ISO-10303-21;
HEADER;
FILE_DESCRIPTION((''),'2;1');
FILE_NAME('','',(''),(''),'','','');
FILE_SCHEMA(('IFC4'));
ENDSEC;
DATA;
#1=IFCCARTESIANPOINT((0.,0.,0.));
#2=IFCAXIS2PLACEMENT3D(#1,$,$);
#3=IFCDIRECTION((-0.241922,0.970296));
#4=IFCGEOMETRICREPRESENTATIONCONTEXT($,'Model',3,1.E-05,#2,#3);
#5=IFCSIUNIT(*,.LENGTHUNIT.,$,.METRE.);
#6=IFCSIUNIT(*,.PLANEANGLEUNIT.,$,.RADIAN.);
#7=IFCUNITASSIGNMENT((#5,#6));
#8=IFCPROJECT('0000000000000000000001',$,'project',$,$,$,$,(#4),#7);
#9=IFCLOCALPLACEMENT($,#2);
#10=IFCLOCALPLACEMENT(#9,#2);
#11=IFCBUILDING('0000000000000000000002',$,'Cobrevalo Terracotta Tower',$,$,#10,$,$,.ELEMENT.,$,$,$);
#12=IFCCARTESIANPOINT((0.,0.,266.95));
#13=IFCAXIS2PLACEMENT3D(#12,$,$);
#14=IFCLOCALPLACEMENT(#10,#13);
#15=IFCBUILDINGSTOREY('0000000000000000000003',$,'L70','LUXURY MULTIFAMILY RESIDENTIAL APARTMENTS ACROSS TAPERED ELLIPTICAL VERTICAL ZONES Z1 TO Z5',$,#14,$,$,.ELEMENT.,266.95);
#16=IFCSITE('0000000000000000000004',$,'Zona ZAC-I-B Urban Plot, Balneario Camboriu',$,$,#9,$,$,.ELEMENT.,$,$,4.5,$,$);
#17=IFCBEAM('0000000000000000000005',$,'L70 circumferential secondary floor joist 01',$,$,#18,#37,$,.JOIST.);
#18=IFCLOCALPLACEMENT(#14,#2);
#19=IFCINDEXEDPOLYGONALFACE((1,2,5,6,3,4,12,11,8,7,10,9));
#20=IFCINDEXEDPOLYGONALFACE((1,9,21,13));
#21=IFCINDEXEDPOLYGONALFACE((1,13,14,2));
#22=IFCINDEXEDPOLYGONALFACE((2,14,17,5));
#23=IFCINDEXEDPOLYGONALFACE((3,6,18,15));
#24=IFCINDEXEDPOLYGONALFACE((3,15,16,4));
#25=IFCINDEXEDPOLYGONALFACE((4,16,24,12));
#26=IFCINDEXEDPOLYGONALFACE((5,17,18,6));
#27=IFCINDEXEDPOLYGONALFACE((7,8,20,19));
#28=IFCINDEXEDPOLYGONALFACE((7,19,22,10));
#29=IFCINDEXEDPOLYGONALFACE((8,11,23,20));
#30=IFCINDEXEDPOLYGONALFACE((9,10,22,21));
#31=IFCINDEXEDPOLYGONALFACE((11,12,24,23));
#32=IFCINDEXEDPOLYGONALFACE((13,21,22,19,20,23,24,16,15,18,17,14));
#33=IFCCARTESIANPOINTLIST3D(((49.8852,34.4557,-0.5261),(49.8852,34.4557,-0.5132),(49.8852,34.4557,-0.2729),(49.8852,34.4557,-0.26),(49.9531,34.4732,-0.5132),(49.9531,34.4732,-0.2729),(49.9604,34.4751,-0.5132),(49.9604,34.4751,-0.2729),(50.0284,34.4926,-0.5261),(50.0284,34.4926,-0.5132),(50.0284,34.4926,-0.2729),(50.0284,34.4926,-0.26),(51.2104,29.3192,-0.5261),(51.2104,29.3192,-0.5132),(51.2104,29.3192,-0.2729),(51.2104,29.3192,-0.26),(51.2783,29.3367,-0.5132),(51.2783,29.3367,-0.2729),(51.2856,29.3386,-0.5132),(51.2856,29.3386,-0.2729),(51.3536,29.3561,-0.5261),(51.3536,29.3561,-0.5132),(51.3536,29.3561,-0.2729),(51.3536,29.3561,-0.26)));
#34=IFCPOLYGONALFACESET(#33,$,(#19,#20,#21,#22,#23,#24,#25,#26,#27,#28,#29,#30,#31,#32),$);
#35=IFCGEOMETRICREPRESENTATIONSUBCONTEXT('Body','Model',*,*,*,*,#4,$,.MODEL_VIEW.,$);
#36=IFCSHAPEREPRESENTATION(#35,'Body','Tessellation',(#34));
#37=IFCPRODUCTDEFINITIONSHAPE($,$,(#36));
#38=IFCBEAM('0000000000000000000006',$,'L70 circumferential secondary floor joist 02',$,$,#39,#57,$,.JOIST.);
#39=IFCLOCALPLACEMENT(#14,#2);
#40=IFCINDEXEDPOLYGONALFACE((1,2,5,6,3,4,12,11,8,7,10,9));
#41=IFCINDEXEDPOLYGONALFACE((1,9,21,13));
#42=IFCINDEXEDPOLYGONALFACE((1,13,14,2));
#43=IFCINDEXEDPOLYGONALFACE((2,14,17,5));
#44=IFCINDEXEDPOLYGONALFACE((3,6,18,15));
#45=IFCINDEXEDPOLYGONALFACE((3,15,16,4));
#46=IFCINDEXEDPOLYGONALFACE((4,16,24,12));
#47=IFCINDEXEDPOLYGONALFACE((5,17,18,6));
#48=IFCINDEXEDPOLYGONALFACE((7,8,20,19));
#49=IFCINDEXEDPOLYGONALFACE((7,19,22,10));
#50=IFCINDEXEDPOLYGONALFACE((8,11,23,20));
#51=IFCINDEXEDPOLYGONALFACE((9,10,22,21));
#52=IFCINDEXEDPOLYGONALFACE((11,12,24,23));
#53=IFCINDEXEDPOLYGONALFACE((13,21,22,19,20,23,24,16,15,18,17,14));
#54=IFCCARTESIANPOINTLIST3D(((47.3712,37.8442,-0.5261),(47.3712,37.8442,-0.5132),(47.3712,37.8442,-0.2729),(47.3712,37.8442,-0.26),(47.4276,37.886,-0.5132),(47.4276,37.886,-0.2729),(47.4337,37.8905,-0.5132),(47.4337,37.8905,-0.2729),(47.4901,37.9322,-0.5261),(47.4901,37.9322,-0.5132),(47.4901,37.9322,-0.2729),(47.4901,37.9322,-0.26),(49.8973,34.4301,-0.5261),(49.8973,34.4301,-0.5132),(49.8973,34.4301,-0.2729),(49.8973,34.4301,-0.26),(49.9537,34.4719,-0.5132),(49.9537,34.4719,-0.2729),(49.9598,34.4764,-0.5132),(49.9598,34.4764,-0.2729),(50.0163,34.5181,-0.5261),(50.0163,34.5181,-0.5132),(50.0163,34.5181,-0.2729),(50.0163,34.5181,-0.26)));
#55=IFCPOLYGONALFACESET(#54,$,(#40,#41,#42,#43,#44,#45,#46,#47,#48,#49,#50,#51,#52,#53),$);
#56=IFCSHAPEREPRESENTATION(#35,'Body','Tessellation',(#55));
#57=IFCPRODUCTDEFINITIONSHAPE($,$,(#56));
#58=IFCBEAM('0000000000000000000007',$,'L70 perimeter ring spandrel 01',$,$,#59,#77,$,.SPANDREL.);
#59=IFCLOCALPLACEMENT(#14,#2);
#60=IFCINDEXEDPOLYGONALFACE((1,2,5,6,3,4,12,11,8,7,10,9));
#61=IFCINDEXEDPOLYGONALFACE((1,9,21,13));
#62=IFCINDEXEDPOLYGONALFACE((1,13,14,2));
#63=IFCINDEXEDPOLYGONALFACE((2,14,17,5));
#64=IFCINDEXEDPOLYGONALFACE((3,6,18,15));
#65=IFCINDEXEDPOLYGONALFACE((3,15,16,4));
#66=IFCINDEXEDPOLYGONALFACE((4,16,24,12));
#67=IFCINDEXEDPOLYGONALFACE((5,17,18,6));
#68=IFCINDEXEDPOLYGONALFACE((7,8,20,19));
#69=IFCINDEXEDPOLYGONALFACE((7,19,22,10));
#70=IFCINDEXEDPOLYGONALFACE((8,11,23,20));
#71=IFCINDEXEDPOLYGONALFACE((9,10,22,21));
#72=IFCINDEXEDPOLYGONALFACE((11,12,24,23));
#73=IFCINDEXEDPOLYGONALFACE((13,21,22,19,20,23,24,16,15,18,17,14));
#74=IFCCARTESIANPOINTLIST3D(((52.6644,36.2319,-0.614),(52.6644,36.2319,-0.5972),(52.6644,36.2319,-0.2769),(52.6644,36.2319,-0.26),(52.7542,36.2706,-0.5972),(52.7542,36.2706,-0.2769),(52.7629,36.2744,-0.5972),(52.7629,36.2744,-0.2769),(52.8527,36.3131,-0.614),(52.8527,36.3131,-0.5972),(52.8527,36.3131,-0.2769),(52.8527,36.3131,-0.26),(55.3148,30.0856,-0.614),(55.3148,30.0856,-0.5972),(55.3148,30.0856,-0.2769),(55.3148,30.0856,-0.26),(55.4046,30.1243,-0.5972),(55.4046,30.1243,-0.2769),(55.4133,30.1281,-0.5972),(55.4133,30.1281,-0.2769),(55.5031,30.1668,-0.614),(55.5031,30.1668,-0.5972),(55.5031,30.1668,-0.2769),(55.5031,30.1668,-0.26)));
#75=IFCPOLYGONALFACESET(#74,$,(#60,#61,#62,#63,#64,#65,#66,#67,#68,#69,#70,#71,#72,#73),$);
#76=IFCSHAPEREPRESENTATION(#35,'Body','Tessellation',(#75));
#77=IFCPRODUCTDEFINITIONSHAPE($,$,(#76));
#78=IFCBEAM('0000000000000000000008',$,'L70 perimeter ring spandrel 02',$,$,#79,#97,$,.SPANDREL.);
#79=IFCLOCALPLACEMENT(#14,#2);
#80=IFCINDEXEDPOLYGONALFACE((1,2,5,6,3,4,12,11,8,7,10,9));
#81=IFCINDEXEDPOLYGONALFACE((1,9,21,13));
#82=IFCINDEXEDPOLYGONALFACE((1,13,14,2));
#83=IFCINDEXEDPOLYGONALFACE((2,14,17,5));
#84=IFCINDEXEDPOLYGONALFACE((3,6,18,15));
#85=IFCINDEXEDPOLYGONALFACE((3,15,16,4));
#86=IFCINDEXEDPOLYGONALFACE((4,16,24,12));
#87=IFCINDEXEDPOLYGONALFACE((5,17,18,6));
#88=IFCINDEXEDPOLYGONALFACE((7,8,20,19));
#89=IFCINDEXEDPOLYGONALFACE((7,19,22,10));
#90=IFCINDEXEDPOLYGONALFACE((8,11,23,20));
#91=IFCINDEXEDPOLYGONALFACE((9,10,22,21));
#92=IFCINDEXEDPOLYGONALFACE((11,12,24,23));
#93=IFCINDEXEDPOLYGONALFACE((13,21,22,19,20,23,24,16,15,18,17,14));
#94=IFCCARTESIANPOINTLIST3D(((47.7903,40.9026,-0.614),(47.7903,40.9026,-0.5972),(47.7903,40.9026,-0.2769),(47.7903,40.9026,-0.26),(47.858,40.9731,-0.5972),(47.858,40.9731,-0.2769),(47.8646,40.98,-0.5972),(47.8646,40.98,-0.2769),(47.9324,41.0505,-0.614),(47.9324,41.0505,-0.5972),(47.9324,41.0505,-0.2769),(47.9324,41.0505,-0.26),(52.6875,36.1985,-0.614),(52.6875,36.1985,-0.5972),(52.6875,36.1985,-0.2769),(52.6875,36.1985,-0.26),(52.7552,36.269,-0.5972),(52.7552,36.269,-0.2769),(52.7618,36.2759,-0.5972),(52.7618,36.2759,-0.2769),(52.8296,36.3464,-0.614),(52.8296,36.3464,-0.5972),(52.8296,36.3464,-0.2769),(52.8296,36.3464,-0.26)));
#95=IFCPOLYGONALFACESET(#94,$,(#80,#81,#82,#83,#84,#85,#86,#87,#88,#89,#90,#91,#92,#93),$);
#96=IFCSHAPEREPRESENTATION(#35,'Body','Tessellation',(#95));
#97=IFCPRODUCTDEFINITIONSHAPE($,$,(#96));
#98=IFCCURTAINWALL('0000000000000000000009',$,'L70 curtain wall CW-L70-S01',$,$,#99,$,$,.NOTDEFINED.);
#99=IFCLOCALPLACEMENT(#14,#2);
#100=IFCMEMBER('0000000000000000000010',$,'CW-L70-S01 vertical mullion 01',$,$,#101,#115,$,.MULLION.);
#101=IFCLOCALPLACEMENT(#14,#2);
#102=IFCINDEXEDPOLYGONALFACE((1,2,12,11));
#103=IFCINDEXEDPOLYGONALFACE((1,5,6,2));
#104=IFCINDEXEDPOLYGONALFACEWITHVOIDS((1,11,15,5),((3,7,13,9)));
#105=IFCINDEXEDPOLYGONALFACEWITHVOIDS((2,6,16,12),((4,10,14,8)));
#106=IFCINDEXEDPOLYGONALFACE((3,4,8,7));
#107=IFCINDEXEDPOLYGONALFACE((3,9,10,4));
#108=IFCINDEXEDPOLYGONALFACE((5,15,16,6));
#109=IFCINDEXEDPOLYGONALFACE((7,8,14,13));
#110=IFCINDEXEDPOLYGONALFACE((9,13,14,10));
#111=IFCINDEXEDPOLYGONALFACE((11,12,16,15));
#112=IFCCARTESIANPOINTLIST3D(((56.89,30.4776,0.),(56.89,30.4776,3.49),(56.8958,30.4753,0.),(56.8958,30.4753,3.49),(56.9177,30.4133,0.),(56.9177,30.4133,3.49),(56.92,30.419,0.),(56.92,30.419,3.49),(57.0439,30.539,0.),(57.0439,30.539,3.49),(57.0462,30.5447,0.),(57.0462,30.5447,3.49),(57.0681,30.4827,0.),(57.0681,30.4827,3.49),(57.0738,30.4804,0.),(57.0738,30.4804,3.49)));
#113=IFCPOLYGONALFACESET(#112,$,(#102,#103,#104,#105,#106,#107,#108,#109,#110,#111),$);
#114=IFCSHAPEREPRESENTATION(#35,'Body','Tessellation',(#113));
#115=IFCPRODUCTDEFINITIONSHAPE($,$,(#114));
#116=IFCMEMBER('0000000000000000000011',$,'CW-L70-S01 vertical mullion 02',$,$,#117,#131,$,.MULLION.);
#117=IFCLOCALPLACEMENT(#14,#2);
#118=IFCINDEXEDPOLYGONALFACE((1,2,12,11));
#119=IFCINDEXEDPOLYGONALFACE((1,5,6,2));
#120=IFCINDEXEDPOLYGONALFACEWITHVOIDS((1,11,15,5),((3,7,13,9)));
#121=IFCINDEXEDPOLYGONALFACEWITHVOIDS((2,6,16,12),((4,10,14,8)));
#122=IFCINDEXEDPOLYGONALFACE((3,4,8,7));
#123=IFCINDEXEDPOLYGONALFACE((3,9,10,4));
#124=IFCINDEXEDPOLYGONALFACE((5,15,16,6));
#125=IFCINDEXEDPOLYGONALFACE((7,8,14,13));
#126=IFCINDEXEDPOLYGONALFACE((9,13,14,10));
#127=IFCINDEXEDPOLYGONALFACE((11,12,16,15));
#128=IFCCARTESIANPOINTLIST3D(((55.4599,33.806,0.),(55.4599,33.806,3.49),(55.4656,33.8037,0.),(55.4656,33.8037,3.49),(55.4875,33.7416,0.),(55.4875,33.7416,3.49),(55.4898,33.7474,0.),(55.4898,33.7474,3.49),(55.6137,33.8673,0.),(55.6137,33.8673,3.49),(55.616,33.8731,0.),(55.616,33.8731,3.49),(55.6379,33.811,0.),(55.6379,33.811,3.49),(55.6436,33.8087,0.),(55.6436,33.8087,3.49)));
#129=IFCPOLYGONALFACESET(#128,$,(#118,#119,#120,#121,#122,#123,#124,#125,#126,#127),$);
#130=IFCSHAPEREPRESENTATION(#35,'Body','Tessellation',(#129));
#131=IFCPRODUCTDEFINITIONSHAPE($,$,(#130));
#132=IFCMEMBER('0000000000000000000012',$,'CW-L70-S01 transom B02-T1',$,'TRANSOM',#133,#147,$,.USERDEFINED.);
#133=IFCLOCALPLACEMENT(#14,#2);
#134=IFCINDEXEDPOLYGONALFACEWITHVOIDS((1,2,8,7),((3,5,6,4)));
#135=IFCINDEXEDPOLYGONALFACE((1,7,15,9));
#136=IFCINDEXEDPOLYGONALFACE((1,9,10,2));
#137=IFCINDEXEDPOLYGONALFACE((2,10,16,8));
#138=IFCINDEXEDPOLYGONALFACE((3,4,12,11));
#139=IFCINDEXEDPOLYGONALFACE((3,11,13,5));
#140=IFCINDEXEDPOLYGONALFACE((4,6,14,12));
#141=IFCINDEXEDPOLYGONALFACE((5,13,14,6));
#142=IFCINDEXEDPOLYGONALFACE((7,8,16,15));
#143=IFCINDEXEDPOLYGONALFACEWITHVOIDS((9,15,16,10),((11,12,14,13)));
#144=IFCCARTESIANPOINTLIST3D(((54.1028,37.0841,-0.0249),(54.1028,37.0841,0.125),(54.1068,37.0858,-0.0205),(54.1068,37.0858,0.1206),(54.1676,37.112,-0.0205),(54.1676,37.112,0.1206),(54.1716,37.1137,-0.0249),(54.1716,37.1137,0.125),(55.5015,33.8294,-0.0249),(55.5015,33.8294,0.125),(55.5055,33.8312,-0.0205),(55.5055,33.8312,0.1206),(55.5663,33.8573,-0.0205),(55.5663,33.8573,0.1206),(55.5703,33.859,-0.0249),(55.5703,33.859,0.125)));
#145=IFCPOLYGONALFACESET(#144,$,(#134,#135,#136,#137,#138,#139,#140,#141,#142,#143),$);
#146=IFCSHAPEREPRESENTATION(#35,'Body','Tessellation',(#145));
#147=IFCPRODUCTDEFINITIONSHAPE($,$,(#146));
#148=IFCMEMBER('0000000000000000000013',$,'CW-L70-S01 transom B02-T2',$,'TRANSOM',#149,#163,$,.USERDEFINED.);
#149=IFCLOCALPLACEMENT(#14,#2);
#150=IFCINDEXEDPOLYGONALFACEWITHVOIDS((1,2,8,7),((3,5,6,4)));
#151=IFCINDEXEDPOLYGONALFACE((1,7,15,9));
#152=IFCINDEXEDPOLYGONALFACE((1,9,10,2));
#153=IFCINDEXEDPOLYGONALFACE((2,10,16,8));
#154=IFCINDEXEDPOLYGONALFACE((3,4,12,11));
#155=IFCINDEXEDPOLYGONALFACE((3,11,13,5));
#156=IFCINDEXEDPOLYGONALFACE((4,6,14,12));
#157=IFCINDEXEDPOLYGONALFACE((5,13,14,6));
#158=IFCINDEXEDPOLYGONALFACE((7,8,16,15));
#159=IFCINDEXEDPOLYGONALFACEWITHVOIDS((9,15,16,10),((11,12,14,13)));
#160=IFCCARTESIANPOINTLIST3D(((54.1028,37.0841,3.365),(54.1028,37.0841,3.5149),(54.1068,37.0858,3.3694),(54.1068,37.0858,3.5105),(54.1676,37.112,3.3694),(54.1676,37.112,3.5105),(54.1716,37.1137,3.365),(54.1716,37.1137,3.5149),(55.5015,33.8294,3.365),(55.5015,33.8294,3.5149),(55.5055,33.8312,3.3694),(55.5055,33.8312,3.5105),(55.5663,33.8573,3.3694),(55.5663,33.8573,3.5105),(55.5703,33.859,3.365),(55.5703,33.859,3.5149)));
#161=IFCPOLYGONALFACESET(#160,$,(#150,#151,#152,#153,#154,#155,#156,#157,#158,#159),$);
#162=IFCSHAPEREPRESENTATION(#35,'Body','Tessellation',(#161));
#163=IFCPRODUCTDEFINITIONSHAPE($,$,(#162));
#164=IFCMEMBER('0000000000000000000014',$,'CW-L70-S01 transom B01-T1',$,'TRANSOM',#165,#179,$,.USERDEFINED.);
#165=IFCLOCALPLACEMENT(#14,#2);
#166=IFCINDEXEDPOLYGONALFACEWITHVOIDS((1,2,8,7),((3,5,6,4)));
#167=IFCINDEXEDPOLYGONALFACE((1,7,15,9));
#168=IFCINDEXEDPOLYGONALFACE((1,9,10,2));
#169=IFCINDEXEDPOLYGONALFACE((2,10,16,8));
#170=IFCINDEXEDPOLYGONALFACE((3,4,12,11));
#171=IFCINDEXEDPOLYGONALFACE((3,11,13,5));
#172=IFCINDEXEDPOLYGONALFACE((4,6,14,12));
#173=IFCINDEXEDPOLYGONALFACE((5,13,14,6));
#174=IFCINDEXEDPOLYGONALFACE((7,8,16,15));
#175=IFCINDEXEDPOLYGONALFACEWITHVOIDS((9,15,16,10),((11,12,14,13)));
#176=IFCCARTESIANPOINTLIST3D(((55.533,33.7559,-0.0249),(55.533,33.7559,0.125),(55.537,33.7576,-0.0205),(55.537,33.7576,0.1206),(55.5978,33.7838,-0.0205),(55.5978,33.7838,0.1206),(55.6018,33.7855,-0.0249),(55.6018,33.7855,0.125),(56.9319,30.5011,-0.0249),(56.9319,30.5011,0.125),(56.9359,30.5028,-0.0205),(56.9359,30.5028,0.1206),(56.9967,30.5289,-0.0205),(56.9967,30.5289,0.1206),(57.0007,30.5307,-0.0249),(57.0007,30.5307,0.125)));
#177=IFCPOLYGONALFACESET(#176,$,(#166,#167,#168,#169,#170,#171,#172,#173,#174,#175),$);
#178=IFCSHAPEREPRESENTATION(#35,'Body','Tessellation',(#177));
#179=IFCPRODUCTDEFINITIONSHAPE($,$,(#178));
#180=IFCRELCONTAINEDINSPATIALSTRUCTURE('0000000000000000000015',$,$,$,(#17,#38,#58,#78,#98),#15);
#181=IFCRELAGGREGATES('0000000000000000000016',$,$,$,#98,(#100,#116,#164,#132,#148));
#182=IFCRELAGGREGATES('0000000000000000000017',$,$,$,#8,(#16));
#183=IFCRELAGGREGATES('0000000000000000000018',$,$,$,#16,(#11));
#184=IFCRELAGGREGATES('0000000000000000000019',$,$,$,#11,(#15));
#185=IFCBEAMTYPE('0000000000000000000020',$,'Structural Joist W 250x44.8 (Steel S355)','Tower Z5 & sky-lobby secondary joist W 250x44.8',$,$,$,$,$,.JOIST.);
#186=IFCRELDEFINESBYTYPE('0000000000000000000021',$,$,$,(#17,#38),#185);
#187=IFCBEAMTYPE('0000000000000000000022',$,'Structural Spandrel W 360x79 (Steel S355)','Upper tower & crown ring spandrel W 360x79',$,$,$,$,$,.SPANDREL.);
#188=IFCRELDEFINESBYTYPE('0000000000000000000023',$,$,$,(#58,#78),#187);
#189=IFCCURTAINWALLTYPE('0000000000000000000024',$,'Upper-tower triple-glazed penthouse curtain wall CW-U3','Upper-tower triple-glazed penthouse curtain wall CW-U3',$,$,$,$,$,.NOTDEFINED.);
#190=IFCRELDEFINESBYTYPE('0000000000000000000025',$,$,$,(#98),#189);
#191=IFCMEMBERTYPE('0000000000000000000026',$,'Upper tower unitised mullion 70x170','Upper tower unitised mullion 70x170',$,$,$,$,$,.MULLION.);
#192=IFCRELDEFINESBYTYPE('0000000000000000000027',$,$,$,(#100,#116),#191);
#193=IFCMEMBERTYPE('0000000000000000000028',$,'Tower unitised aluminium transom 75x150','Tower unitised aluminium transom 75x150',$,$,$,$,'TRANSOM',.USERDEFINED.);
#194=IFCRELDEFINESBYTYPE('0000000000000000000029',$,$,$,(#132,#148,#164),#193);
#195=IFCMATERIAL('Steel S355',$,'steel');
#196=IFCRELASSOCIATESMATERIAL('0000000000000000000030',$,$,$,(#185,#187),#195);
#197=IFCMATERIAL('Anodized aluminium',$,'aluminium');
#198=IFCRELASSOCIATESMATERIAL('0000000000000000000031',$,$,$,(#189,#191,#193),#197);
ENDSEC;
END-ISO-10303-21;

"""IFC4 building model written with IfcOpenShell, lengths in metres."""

from ifc_helpers import new_model, si_unit, direction, frame, origin, origin_2d, place, context, subcontext, project, spatial, hollow_rectangle, i_section, extrude, source, transform, mapped, material, material_profile, profile_set, type_object, element, aggregate, save


model = new_model("IFC4")

# Units and contexts
model_context = context("Model", 3, precision=1e-05, world=origin(), true_north=direction((-0.241922, 0.970296)))
body_context = subcontext(model_context, "Body", "Model", "MODEL_VIEW")
ifc_project = project(units=[si_unit("LENGTHUNIT", "METRE"), si_unit("PLANEANGLEUNIT", "RADIAN")], contexts=[model_context])

# Site, building, storey
site_placement = place(None, origin())
site = spatial("IfcSite", under=ifc_project, at=site_placement, Name="Zona ZAC-I-B Urban Plot, Balneario Camboriu", CompositionType="ELEMENT", RefElevation=4.5)
building_placement = place(site_placement, origin())
building = spatial("IfcBuilding", under=site, at=building_placement, Name="Cobrevalo Terracotta Tower", CompositionType="ELEMENT")
storey_placement = place(building_placement, frame((0.0, 0.0, 266.95)))
storey = spatial("IfcBuildingStorey", under=building, at=storey_placement, Name="L70", Description="LUXURY MULTIFAMILY RESIDENTIAL APARTMENTS ACROSS TAPERED ELLIPTICAL VERTICAL ZONES Z1 TO Z5", CompositionType="ELEMENT", Elevation=266.95)

# Shared definitions
ifc_material_1 = material(Name="Steel S355", Category="steel")

# Beams
ifc_material_profile_1 = material_profile(ifc_material_1, i_section(OverallWidth=0.1479, OverallDepth=0.2661, WebThickness=0.0076, FlangeThickness=0.0129, at=origin_2d()), Name="W 250x44.8")
ifc_profile_set_1 = profile_set([ifc_material_profile_1], Name="Steel S355")
beam_type_1 = type_object("IfcBeamType", Name="Structural Joist W 250x44.8 (Steel S355)", Description="Tower Z5 & sky-lobby secondary joist W 250x44.8", PredefinedType="JOIST", material=ifc_profile_set_1)
beam_1_placement = place(storey_placement, frame((51.282, 29.3376, -0.3931), z_axis=(-0.249817, 0.968293, 0.0), x_axis=(-0.968293, -0.249817, 0.0)))
element("IfcBeam", 1, at=beam_1_placement, inside=storey, type_object=beam_type_1, Name="L70 circumferential secondary floor joist 01", PredefinedType="JOIST", context=body_context, shape_type="SweptSolid", body=[
    extrude(i_section(OverallWidth=0.1479, OverallDepth=0.2661, WebThickness=0.0076, FlangeThickness=0.0129, at=origin_2d()), origin(), (0.0, 0.0, 1.0), 5.3047),
])
beam_2_placement = place(storey_placement, frame((49.9568, 34.4741, -0.3931), z_axis=(-0.5948, 0.803874, 0.0), x_axis=(-0.803874, -0.5948, 0.0)))
element("IfcBeam", 2, at=beam_2_placement, inside=storey, type_object=beam_type_1, Name="L70 circumferential secondary floor joist 02", PredefinedType="JOIST", context=body_context, shape_type="SweptSolid", body=[
    extrude(i_section(OverallWidth=0.1479, OverallDepth=0.2661, WebThickness=0.0076, FlangeThickness=0.0129, at=origin_2d()), origin(), (0.0, 0.0, 1.0), 4.2471),
])
ifc_material_profile_2 = material_profile(ifc_material_1, i_section(OverallWidth=0.2051, OverallDepth=0.354, WebThickness=0.0095, FlangeThickness=0.0168, at=origin_2d()), Name="W 360x79")
ifc_profile_set_2 = profile_set([ifc_material_profile_2], Name="Steel S355")
beam_type_2 = type_object("IfcBeamType", Name="Structural Spandrel W 360x79 (Steel S355)", Description="Upper tower & crown ring spandrel W 360x79", PredefinedType="SPANDREL", material=ifc_profile_set_2)
beam_3_placement = place(storey_placement, frame((55.4089, 30.1262, -0.437), z_axis=(-0.395974, 0.918262, 0.0), x_axis=(-0.918262, -0.395974, 0.0)))
element("IfcBeam", 3, at=beam_3_placement, inside=storey, type_object=beam_type_2, Name="L70 perimeter ring spandrel 01", PredefinedType="SPANDREL", context=body_context, shape_type="SweptSolid", body=[
    extrude(i_section(OverallWidth=0.2051, OverallDepth=0.354, WebThickness=0.0095, FlangeThickness=0.0168, at=origin_2d()), origin(), (0.0, 0.0, 1.0), 6.6934),
])
beam_4_placement = place(storey_placement, frame((52.7585, 36.2725, -0.437), z_axis=(-0.721183, 0.692744, 0.0), x_axis=(-0.692744, -0.721183, 0.0)))
element("IfcBeam", 4, at=beam_4_placement, inside=storey, type_object=beam_type_2, Name="L70 perimeter ring spandrel 02", PredefinedType="SPANDREL", context=body_context, shape_type="SweptSolid", body=[
    extrude(i_section(OverallWidth=0.2051, OverallDepth=0.354, WebThickness=0.0095, FlangeThickness=0.0168, at=origin_2d()), origin(), (0.0, 0.0, 1.0), 6.7905),
])

# Curtain wall, members
ifc_material_2 = material(Name="Anodized aluminium", Category="aluminium")
curtain_wall_type = type_object("IfcCurtainWallType", Name="Upper-tower triple-glazed penthouse curtain wall CW-U3", Description="Upper-tower triple-glazed penthouse curtain wall CW-U3", PredefinedType="NOTDEFINED", material=ifc_material_2)
curtain_wall_placement = place(storey_placement, origin())
curtain_wall = element("IfcCurtainWall", 5, at=curtain_wall_placement, inside=storey, type_object=curtain_wall_type, Name="L70 curtain wall CW-L70-S01", PredefinedType="NOTDEFINED")
ifc_material_profile_3 = material_profile(ifc_material_2, hollow_rectangle(XDim=0.0701, YDim=0.1699, WallThickness=0.0044, at=origin_2d()), Name="CWM 70x170")
ifc_profile_set_3 = profile_set([ifc_material_profile_3], Name="Anodized aluminium")
member_type_1 = type_object("IfcMemberType", Name="Upper tower unitised mullion 70x170", Description="Upper tower unitised mullion 70x170", PredefinedType="MULLION", material=ifc_profile_set_3)
shared_shape_1 = source(origin(), body_context, "Body", "SweptSolid", [
    extrude(hollow_rectangle(XDim=0.0701, YDim=0.1699, WallThickness=0.0044, at=origin_2d()), origin(), (0.0, 0.0, 1.0), 3.49),
])
member_1_placement = place(storey_placement, frame((56.9819, 30.479, 0.0), z_axis=(0.0, 0.0, 1.0), x_axis=(-0.394824, 0.918757, 0.0)))
member_1 = element("IfcMember", 6, at=member_1_placement, type_object=member_type_1, Name="CW-L70-S01 vertical mullion 01", PredefinedType="MULLION", context=body_context, shape_type="MappedRepresentation", body=[
    mapped(shared_shape_1, transform((0.0, 0.0, 0.0), scale=1.0)),
])
member_2_placement = place(storey_placement, frame((55.5518, 33.8074, 0.0), z_axis=(0.0, 0.0, 1.0), x_axis=(-0.394824, 0.918757, 0.0)))
member_2 = element("IfcMember", 7, at=member_2_placement, type_object=member_type_1, Name="CW-L70-S01 vertical mullion 02", PredefinedType="MULLION", context=body_context, shape_type="MappedRepresentation", body=[
    mapped(shared_shape_1, transform((0.0, 0.0, 0.0), scale=1.0)),
])
ifc_material_profile_4 = material_profile(ifc_material_2, hollow_rectangle(XDim=0.075, YDim=0.1499, WallThickness=0.0044, at=origin_2d()), Name="CWT 75x150")
ifc_profile_set_4 = profile_set([ifc_material_profile_4], Name="Anodized aluminium")
member_type_2 = type_object("IfcMemberType", Name="Tower unitised aluminium transom 75x150", Description="Tower unitised aluminium transom 75x150", ElementType="TRANSOM", PredefinedType="USERDEFINED", material=ifc_profile_set_4)
shared_shape_2 = source(origin(), body_context, "Body", "SweptSolid", [
    extrude(hollow_rectangle(XDim=0.075, YDim=0.1499, WallThickness=0.0044, at=origin_2d()), origin(), (0.0, 0.0, 1.0), 3.5425),
])
member_3_placement = place(storey_placement, frame((55.5359, 33.8442, 0.05), z_axis=(-0.394834, 0.918752, 0.0), x_axis=(-0.918752, -0.394834, 0.0)))
member_3 = element("IfcMember", 8, at=member_3_placement, type_object=member_type_2, Name="CW-L70-S01 transom B02-T1", ObjectType="TRANSOM", PredefinedType="USERDEFINED", context=body_context, shape_type="MappedRepresentation", body=[
    mapped(shared_shape_2, transform((0.0, 0.0, 0.0), scale=1.0)),
])
member_4_placement = place(storey_placement, frame((55.5359, 33.8442, 3.4399), z_axis=(-0.394834, 0.918752, 0.0), x_axis=(-0.918752, -0.394834, 0.0)))
member_4 = element("IfcMember", 9, at=member_4_placement, type_object=member_type_2, Name="CW-L70-S01 transom B02-T2", ObjectType="TRANSOM", PredefinedType="USERDEFINED", context=body_context, shape_type="MappedRepresentation", body=[
    mapped(shared_shape_2, transform((0.0, 0.0, 0.0), scale=1.0)),
])
shared_shape_3 = source(origin(), body_context, "Body", "SweptSolid", [
    extrude(hollow_rectangle(XDim=0.075, YDim=0.1499, WallThickness=0.0044, at=origin_2d()), origin(), (0.0, 0.0, 1.0), 3.5427),
])
member_5_placement = place(storey_placement, frame((56.9663, 30.5159, 0.05), z_axis=(-0.394867, 0.918738, 0.0), x_axis=(-0.918738, -0.394867, 0.0)))
member_5 = element("IfcMember", 10, at=member_5_placement, type_object=member_type_2, Name="CW-L70-S01 transom B01-T1", ObjectType="TRANSOM", PredefinedType="USERDEFINED", context=body_context, shape_type="MappedRepresentation", body=[
    mapped(shared_shape_3, transform((0.0, 0.0, 0.0), scale=1.0)),
])
aggregate(curtain_wall, [member_1, member_2, member_5, member_3, member_4])

save(model, "model.ifc")
